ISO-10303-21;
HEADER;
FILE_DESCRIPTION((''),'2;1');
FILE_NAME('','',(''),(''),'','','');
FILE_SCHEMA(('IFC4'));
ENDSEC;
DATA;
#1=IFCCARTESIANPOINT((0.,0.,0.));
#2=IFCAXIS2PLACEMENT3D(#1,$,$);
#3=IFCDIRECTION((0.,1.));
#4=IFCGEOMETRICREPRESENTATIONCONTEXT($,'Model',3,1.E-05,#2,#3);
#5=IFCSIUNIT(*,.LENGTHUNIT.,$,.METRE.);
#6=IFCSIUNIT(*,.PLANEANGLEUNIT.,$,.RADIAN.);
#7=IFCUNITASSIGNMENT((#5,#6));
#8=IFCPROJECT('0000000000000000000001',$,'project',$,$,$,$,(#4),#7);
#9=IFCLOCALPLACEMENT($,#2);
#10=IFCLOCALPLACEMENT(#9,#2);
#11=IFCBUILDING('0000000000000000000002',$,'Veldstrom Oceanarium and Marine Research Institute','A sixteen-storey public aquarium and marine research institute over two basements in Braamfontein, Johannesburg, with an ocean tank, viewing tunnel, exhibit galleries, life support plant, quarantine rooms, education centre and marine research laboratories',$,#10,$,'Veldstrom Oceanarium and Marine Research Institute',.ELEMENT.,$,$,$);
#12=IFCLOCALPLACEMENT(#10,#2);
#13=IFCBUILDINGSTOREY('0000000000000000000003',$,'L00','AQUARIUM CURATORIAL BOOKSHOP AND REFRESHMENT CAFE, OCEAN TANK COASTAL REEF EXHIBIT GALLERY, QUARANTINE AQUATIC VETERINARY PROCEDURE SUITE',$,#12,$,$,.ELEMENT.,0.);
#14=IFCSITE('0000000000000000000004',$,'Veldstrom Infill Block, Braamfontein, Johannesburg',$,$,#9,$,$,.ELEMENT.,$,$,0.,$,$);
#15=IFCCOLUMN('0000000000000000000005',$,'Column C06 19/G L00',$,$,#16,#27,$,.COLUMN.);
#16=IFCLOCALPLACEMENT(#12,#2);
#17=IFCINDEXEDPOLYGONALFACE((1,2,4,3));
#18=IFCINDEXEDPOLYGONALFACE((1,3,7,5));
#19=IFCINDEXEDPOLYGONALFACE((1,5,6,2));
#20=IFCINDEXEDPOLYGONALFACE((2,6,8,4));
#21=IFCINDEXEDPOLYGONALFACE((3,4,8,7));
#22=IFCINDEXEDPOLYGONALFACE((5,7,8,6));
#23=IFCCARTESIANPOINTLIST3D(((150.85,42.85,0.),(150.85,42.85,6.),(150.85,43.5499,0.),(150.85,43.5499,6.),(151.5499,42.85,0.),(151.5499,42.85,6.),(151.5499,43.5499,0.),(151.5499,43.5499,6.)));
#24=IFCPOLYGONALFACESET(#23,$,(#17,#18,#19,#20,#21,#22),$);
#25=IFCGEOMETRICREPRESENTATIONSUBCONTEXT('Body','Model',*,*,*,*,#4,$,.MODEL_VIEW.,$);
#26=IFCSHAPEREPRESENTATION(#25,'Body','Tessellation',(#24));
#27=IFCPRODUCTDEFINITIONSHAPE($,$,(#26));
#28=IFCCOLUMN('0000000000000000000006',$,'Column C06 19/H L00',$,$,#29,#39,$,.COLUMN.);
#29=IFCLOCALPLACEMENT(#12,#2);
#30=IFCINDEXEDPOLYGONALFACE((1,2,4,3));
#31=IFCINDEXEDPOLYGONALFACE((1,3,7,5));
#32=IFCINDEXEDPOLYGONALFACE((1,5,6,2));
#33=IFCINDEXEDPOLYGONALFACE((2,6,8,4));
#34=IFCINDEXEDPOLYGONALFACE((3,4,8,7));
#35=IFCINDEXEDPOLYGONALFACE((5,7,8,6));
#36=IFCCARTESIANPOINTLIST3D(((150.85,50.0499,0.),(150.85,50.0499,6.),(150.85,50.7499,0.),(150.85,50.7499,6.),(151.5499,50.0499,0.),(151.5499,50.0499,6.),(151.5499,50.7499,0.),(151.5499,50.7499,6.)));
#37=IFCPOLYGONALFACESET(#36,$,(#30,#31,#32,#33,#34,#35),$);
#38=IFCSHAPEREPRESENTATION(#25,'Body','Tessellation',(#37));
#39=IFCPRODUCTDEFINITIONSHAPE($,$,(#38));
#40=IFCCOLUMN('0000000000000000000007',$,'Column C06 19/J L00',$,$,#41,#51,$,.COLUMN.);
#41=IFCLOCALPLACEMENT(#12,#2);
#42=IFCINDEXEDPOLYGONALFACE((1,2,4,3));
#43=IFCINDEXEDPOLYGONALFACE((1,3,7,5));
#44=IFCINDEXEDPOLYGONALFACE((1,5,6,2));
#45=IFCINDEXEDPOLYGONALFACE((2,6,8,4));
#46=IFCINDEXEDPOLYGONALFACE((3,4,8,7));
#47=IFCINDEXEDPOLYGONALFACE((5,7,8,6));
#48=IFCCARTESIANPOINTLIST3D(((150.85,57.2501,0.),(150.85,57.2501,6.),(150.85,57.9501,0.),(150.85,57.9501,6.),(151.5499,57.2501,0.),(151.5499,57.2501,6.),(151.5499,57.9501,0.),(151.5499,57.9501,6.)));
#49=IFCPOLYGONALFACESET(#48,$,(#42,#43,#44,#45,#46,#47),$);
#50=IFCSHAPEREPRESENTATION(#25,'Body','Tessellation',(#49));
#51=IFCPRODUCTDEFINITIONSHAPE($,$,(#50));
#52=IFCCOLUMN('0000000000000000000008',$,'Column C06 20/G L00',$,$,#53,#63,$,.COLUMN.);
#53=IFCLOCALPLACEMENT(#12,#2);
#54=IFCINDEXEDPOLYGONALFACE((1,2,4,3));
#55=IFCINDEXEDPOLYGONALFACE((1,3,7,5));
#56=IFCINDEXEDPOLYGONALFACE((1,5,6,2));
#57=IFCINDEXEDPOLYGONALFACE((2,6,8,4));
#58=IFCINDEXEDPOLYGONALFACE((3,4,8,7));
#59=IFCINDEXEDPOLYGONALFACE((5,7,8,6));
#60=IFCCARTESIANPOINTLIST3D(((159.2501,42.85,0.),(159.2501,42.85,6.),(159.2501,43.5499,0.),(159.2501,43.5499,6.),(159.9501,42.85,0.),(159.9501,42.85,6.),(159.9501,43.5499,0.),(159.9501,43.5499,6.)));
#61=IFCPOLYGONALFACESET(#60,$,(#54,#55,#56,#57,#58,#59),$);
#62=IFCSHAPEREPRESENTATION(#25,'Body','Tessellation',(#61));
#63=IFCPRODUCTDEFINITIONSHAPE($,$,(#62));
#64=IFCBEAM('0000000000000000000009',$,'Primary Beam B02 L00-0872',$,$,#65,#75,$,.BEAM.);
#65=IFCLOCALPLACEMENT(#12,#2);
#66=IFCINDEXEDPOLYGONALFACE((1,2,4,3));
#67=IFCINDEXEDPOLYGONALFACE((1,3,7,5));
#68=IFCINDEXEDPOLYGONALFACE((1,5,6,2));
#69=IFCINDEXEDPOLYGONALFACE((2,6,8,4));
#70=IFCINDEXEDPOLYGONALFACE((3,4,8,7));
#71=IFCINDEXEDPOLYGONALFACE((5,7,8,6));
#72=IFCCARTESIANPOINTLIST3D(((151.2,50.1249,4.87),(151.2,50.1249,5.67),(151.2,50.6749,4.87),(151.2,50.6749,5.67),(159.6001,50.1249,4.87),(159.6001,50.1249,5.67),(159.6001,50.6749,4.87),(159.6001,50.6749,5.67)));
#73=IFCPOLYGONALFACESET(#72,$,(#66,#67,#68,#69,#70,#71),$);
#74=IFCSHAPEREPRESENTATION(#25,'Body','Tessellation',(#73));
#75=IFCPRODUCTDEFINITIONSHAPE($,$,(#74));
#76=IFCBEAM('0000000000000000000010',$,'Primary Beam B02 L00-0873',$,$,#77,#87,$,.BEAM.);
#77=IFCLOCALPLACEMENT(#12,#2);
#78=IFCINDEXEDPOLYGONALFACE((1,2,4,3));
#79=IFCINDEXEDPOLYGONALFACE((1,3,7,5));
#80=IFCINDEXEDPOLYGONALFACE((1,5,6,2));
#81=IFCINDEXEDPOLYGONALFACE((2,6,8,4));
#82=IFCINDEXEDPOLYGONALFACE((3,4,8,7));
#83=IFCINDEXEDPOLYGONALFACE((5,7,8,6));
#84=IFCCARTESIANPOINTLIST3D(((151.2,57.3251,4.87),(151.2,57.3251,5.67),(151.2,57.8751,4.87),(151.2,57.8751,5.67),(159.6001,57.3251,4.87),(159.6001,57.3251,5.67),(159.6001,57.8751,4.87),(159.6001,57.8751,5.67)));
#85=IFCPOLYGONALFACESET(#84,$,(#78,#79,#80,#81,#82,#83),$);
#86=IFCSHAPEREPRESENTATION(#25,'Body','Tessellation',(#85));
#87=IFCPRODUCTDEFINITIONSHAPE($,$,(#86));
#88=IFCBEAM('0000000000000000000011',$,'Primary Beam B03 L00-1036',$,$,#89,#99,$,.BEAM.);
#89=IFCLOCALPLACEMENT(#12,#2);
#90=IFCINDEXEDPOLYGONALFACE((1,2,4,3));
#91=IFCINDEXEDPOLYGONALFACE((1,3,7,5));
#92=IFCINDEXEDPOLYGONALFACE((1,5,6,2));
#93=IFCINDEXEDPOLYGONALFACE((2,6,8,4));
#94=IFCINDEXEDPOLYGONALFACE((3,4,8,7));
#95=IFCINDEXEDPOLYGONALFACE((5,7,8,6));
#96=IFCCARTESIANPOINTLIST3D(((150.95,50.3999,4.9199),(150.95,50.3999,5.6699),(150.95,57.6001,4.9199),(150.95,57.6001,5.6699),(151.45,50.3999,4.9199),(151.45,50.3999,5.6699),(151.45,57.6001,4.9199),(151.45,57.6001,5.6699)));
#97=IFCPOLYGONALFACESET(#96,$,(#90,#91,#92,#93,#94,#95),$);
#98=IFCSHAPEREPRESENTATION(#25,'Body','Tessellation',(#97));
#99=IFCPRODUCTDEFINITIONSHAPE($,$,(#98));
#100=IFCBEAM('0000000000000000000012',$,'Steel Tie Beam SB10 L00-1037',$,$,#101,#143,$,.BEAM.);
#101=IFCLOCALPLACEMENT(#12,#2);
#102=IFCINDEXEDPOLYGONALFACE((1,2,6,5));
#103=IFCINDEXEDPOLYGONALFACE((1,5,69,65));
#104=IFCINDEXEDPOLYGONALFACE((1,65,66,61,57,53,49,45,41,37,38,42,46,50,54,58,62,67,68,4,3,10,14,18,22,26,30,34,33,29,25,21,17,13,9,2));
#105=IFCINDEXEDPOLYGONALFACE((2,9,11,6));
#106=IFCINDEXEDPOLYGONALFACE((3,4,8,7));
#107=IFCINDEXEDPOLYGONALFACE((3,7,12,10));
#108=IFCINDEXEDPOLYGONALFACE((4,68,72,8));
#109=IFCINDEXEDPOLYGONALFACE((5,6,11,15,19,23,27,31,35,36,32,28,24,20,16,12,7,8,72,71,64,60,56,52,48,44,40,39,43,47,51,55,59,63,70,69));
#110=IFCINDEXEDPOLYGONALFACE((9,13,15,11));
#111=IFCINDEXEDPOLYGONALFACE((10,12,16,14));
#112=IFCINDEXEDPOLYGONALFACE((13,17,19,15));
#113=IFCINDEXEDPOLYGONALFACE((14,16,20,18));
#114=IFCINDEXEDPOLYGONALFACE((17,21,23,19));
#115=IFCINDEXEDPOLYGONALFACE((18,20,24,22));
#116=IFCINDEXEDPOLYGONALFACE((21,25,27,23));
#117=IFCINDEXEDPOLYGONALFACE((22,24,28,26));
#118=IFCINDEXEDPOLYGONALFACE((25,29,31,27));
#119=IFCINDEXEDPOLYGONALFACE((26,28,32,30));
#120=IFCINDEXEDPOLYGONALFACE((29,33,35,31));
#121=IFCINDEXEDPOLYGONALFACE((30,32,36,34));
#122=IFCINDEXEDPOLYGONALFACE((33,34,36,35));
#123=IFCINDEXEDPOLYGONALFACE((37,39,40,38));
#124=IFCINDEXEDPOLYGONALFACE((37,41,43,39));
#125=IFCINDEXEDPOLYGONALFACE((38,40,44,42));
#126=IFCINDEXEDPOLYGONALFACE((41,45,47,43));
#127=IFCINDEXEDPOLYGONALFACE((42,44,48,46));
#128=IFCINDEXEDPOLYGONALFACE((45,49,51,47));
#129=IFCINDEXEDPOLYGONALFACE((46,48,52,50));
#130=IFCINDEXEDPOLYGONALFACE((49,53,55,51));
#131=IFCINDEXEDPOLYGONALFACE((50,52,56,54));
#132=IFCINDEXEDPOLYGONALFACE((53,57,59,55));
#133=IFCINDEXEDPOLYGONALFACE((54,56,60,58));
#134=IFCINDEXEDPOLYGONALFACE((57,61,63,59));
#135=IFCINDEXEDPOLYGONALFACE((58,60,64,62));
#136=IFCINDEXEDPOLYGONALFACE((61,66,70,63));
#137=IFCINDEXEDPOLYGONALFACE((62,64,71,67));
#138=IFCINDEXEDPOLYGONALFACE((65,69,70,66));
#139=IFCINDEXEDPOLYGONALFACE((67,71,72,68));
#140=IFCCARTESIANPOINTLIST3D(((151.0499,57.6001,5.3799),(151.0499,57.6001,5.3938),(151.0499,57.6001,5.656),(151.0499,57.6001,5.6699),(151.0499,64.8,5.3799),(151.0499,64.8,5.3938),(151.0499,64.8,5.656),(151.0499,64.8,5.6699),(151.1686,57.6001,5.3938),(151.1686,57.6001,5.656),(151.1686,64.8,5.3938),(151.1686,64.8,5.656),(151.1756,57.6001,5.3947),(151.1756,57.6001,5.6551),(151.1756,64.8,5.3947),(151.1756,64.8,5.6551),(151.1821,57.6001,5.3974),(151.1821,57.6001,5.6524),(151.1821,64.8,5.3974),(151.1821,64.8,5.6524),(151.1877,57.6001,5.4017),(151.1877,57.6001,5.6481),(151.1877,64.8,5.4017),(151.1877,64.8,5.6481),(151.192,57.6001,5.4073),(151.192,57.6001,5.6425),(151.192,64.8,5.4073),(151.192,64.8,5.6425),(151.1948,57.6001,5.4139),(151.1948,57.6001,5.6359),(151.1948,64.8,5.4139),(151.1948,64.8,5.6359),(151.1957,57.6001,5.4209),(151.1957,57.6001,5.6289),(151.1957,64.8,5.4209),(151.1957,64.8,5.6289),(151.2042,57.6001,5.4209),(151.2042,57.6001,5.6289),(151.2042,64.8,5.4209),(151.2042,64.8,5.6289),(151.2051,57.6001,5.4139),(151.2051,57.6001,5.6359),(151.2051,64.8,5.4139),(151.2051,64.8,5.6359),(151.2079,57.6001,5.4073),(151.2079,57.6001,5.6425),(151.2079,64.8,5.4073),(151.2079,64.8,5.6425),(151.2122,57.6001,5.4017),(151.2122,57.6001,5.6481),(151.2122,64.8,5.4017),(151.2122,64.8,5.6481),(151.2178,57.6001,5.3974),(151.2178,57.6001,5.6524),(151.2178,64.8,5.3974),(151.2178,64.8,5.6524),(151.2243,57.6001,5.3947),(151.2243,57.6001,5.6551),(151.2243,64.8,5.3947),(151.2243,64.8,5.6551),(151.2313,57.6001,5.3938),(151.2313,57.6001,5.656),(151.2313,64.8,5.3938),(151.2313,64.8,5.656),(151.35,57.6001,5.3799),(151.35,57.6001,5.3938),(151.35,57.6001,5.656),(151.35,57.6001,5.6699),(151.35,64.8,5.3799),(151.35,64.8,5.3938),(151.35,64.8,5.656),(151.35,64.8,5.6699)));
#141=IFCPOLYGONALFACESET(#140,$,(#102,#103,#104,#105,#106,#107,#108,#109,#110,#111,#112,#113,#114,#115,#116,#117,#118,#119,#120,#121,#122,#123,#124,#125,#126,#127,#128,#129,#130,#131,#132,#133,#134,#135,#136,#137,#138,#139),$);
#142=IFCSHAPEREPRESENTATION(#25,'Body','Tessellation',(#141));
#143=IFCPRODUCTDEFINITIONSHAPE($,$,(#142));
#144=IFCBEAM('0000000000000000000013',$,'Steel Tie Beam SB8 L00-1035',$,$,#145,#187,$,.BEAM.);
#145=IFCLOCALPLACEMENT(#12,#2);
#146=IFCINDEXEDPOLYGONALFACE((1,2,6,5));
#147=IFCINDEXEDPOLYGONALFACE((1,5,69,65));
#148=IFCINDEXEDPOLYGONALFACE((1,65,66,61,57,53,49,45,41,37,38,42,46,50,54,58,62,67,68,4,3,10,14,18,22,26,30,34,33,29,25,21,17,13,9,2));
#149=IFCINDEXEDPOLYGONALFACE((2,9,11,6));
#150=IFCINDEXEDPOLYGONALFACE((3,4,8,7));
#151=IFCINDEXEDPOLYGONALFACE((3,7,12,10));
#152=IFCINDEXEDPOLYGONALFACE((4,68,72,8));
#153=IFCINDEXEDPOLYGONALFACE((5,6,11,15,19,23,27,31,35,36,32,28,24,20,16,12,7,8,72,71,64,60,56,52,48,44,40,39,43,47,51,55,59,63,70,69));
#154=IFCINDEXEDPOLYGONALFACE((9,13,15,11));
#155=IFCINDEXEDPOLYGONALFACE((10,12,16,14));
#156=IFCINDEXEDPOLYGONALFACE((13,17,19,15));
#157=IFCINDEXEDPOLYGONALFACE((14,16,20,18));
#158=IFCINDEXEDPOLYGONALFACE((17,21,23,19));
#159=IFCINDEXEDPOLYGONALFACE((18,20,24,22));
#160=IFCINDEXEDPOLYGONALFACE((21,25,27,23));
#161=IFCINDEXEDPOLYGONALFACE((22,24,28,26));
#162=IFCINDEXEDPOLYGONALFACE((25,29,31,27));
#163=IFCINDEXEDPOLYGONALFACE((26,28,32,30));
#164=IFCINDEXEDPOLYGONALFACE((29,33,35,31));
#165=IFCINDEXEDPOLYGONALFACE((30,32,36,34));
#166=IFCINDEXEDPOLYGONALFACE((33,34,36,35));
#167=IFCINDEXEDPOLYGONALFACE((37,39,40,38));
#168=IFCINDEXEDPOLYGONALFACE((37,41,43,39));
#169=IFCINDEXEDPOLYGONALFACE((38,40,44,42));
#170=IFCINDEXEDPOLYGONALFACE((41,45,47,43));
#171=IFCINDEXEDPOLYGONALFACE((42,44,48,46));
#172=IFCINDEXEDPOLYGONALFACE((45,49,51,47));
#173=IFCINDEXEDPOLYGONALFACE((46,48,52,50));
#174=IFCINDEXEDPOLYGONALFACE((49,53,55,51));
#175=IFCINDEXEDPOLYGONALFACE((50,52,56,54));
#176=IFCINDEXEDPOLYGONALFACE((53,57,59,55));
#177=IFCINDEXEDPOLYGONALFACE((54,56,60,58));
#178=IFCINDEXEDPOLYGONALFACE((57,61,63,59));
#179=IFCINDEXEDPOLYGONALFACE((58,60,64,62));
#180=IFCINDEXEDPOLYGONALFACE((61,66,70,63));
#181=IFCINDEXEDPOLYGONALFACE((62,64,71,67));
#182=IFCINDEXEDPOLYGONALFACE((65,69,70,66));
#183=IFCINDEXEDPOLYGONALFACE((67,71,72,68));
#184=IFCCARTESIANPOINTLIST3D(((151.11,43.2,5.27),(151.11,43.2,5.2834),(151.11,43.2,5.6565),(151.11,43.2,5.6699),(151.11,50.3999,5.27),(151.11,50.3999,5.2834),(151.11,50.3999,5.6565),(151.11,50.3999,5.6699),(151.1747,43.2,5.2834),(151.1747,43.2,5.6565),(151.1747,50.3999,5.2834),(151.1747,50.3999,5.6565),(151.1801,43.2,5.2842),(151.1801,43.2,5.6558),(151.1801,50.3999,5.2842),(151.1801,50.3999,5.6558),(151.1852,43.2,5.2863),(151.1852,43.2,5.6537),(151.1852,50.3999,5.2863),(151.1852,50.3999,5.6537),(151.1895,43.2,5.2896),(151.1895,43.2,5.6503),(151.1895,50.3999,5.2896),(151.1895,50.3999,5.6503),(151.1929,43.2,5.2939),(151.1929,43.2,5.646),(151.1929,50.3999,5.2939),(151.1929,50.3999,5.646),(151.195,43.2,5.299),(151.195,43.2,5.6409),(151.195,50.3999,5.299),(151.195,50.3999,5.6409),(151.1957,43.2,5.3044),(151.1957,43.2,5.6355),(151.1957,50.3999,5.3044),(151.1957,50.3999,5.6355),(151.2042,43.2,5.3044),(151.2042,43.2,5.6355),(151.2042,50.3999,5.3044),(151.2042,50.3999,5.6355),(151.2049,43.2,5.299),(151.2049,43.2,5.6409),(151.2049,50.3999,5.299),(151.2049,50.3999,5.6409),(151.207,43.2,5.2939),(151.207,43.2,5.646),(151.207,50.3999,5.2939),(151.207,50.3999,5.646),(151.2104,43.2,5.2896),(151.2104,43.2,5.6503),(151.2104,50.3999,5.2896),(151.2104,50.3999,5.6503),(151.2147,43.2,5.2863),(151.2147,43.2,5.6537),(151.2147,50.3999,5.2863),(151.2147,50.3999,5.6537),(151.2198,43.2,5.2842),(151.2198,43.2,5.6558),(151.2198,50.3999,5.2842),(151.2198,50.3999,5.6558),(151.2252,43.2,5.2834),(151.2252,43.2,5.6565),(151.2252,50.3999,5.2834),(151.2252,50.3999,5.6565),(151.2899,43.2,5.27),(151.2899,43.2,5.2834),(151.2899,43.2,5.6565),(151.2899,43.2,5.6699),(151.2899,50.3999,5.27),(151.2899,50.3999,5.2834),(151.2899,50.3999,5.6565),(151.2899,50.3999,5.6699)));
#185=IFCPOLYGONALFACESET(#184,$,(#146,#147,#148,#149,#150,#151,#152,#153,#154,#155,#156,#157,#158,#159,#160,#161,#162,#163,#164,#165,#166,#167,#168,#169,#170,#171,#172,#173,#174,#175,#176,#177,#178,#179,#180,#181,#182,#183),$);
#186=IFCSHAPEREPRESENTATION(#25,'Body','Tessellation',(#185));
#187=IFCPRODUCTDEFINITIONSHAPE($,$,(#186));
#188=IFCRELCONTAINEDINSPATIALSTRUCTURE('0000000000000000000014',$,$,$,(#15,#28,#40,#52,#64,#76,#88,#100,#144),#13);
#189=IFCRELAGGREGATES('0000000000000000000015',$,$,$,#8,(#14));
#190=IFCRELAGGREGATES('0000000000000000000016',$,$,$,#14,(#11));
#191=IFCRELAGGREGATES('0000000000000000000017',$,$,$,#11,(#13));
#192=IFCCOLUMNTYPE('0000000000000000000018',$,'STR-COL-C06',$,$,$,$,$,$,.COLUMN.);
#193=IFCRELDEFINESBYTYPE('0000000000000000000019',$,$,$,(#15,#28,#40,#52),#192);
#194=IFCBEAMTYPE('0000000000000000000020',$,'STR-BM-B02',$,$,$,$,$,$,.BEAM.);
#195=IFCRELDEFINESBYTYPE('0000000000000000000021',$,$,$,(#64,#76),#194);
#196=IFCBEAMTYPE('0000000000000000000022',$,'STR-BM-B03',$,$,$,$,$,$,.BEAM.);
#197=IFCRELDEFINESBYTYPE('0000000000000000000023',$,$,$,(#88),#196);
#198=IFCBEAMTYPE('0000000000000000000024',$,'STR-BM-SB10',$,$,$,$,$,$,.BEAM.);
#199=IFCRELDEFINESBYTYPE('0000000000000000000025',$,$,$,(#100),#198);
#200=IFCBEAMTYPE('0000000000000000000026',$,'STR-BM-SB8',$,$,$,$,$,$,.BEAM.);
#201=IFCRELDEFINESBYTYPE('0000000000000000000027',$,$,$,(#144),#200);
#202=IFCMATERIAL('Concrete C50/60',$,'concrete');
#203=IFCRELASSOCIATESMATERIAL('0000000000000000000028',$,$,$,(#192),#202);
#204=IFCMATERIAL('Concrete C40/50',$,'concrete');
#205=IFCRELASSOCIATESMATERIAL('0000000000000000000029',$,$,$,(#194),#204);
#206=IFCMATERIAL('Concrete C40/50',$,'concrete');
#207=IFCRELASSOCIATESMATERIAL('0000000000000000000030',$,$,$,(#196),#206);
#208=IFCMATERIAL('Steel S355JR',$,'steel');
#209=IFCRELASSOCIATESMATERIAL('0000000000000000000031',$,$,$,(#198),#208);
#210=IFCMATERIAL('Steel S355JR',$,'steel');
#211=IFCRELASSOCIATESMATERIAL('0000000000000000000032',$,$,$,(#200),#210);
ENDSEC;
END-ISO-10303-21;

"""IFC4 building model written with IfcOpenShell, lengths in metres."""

from ifc_helpers import new_model, si_unit, direction, frame, origin, origin_2d, place, context, subcontext, project, spatial, rectangle, i_section, extrude, material, material_profile, profile_set, type_object, element, save


model = new_model("IFC4")

# Units and contexts
model_context = context("Model", 3, precision=1e-05, world=origin(), true_north=direction((0.0, 1.0)))
body_context = subcontext(model_context, "Body", "Model", "MODEL_VIEW")
ifc_project = project(units=[si_unit("LENGTHUNIT", "METRE"), si_unit("PLANEANGLEUNIT", "RADIAN")], contexts=[model_context])

# Site, building, storey
site_placement = place(None, origin())
site = spatial("IfcSite", under=ifc_project, at=site_placement, Name="Veldstrom Infill Block, Braamfontein, Johannesburg", CompositionType="ELEMENT", RefElevation=0.0)
building_placement = place(site_placement, origin())
building = spatial("IfcBuilding", under=site, at=building_placement, Name="Veldstrom Oceanarium and Marine Research Institute", Description="A sixteen-storey public aquarium and marine research institute over two basements in Braamfontein, Johannesburg, with an ocean tank, viewing tunnel, exhibit galleries, life support plant, quarantine rooms, education centre and marine research laboratories", LongName="Veldstrom Oceanarium and Marine Research Institute", CompositionType="ELEMENT")
storey_placement = place(building_placement, origin())
storey = spatial("IfcBuildingStorey", under=building, at=storey_placement, Name="L00", Description="AQUARIUM CURATORIAL BOOKSHOP AND REFRESHMENT CAFE, OCEAN TANK COASTAL REEF EXHIBIT GALLERY, QUARANTINE AQUATIC VETERINARY PROCEDURE SUITE", CompositionType="ELEMENT", Elevation=0.0)

# Columns
ifc_material_1 = material(Name="Concrete C50/60", Category="concrete")
ifc_material_profile_1 = material_profile(ifc_material_1, rectangle(XDim=0.7, YDim=0.7, at=origin_2d()), Name="RC-COL-700x700")
ifc_profile_set_1 = profile_set([ifc_material_profile_1], Name="Concrete C50/60")
column_type = type_object("IfcColumnType", Name="STR-COL-C06", PredefinedType="COLUMN", material=ifc_profile_set_1)
for number, where, z_axis, x_axis, name in (
    (1, (151.2, 43.2, 0.0), (0.0, 0.0, 1.0), (1.0, 0.0, 0.0), "Column C06 19/G L00"),
    (2, (151.2, 50.3999, 0.0), (0.0, 0.0, 1.0), (1.0, 0.0, 0.0), "Column C06 19/H L00"),
    (3, (151.2, 57.6001, 0.0), (0.0, 0.0, 1.0), (1.0, 0.0, 0.0), "Column C06 19/J L00"),
    (4, (159.6001, 43.2, 0.0), (0.0, 0.0, 1.0), (1.0, 0.0, 0.0), "Column C06 20/G L00"),
):
    element("IfcColumn", number, at=place(storey_placement, frame(where, z_axis=z_axis, x_axis=x_axis)), inside=storey, type_object=column_type, Name=name, PredefinedType="COLUMN", context=body_context, shape_type="SweptSolid", body=[
        extrude(rectangle(XDim=0.7, YDim=0.7, at=origin_2d()), origin(), (0.0, 0.0, 1.0), 6.0),
    ])

# Beams
ifc_material_2 = material(Name="Concrete C40/50", Category="concrete")
ifc_material_profile_2 = material_profile(ifc_material_2, rectangle(XDim=0.55, YDim=0.8, at=origin_2d()), Name="RC-BM-550x800")
ifc_profile_set_2 = profile_set([ifc_material_profile_2], Name="Concrete C40/50")
beam_type_1 = type_object("IfcBeamType", Name="STR-BM-B02", PredefinedType="BEAM", material=ifc_profile_set_2)
for number, where, z_axis, x_axis, name in (
    (5, (151.2, 50.3999, 5.27), (1.0, 0.0, 0.0), (0.0, 1.0, 0.0), "Primary Beam B02 L00-0872"),
    (6, (151.2, 57.6001, 5.27), (1.0, 0.0, 0.0), (0.0, 1.0, 0.0), "Primary Beam B02 L00-0873"),
):
    element("IfcBeam", number, at=place(storey_placement, frame(where, z_axis=z_axis, x_axis=x_axis)), inside=storey, type_object=beam_type_1, Name=name, PredefinedType="BEAM", context=body_context, shape_type="SweptSolid", body=[
        extrude(rectangle(XDim=0.55, YDim=0.8, at=origin_2d()), origin(), (0.0, 0.0, 1.0), 8.4001),
    ])
ifc_material_3 = material(Name="Concrete C40/50", Category="concrete")
ifc_material_profile_3 = material_profile(ifc_material_3, rectangle(XDim=0.5, YDim=0.75, at=origin_2d()), Name="RC-BM-500x750")
ifc_profile_set_3 = profile_set([ifc_material_profile_3], Name="Concrete C40/50")
beam_type_2 = type_object("IfcBeamType", Name="STR-BM-B03", PredefinedType="BEAM", material=ifc_profile_set_3)
beam_1_placement = place(storey_placement, frame((151.2, 50.3999, 5.2949), z_axis=(0.0, 1.0, 0.0), x_axis=(-1.0, 0.0, 0.0)))
element("IfcBeam", 7, at=beam_1_placement, inside=storey, type_object=beam_type_2, Name="Primary Beam B03 L00-1036", PredefinedType="BEAM", context=body_context, shape_type="SweptSolid", body=[
    extrude(rectangle(XDim=0.5, YDim=0.75, at=origin_2d()), origin(), (0.0, 0.0, 1.0), 7.2002),
])
ifc_material_4 = material(Name="Steel S355JR", Category="steel")
ifc_material_profile_4 = material_profile(ifc_material_4, i_section(OverallWidth=0.3, OverallDepth=0.29, WebThickness=0.0085, FlangeThickness=0.0139, FilletRadius=0.0271, at=origin_2d()), Name="HEA 300")
ifc_profile_set_4 = profile_set([ifc_material_profile_4], Name="Steel S355JR")
beam_type_3 = type_object("IfcBeamType", Name="STR-BM-SB10", PredefinedType="BEAM", material=ifc_profile_set_4)
beam_2_placement = place(storey_placement, frame((151.2, 57.6001, 5.5249), z_axis=(0.0, 1.0, 0.0), x_axis=(-1.0, 0.0, 0.0)))
element("IfcBeam", 8, at=beam_2_placement, inside=storey, type_object=beam_type_3, Name="Steel Tie Beam SB10 L00-1037", PredefinedType="BEAM", context=body_context, shape_type="SweptSolid", body=[
    extrude(i_section(OverallWidth=0.3, OverallDepth=0.29, WebThickness=0.0085, FlangeThickness=0.0139, FilletRadius=0.0271, at=origin_2d()), origin(), (0.0, 0.0, 1.0), 7.2),
])
ifc_material_5 = material(Name="Steel S355JR", Category="steel")
ifc_material_profile_5 = material_profile(ifc_material_5, i_section(OverallWidth=0.1799, OverallDepth=0.3999, WebThickness=0.0085, FlangeThickness=0.0134, FilletRadius=0.021, at=origin_2d()), Name="IPE 400")
ifc_profile_set_5 = profile_set([ifc_material_profile_5], Name="Steel S355JR")
beam_type_4 = type_object("IfcBeamType", Name="STR-BM-SB8", PredefinedType="BEAM", material=ifc_profile_set_5)
beam_3_placement = place(storey_placement, frame((151.2, 43.2, 5.47), z_axis=(0.0, 1.0, 0.0), x_axis=(-1.0, 0.0, 0.0)))
element("IfcBeam", 9, at=beam_3_placement, inside=storey, type_object=beam_type_4, Name="Steel Tie Beam SB8 L00-1035", PredefinedType="BEAM", context=body_context, shape_type="SweptSolid", body=[
    extrude(i_section(OverallWidth=0.1799, OverallDepth=0.3999, WebThickness=0.0085, FlangeThickness=0.0134, FilletRadius=0.021, at=origin_2d()), origin(), (0.0, 0.0, 1.0), 7.2),
])

save(model, "model.ifc")
